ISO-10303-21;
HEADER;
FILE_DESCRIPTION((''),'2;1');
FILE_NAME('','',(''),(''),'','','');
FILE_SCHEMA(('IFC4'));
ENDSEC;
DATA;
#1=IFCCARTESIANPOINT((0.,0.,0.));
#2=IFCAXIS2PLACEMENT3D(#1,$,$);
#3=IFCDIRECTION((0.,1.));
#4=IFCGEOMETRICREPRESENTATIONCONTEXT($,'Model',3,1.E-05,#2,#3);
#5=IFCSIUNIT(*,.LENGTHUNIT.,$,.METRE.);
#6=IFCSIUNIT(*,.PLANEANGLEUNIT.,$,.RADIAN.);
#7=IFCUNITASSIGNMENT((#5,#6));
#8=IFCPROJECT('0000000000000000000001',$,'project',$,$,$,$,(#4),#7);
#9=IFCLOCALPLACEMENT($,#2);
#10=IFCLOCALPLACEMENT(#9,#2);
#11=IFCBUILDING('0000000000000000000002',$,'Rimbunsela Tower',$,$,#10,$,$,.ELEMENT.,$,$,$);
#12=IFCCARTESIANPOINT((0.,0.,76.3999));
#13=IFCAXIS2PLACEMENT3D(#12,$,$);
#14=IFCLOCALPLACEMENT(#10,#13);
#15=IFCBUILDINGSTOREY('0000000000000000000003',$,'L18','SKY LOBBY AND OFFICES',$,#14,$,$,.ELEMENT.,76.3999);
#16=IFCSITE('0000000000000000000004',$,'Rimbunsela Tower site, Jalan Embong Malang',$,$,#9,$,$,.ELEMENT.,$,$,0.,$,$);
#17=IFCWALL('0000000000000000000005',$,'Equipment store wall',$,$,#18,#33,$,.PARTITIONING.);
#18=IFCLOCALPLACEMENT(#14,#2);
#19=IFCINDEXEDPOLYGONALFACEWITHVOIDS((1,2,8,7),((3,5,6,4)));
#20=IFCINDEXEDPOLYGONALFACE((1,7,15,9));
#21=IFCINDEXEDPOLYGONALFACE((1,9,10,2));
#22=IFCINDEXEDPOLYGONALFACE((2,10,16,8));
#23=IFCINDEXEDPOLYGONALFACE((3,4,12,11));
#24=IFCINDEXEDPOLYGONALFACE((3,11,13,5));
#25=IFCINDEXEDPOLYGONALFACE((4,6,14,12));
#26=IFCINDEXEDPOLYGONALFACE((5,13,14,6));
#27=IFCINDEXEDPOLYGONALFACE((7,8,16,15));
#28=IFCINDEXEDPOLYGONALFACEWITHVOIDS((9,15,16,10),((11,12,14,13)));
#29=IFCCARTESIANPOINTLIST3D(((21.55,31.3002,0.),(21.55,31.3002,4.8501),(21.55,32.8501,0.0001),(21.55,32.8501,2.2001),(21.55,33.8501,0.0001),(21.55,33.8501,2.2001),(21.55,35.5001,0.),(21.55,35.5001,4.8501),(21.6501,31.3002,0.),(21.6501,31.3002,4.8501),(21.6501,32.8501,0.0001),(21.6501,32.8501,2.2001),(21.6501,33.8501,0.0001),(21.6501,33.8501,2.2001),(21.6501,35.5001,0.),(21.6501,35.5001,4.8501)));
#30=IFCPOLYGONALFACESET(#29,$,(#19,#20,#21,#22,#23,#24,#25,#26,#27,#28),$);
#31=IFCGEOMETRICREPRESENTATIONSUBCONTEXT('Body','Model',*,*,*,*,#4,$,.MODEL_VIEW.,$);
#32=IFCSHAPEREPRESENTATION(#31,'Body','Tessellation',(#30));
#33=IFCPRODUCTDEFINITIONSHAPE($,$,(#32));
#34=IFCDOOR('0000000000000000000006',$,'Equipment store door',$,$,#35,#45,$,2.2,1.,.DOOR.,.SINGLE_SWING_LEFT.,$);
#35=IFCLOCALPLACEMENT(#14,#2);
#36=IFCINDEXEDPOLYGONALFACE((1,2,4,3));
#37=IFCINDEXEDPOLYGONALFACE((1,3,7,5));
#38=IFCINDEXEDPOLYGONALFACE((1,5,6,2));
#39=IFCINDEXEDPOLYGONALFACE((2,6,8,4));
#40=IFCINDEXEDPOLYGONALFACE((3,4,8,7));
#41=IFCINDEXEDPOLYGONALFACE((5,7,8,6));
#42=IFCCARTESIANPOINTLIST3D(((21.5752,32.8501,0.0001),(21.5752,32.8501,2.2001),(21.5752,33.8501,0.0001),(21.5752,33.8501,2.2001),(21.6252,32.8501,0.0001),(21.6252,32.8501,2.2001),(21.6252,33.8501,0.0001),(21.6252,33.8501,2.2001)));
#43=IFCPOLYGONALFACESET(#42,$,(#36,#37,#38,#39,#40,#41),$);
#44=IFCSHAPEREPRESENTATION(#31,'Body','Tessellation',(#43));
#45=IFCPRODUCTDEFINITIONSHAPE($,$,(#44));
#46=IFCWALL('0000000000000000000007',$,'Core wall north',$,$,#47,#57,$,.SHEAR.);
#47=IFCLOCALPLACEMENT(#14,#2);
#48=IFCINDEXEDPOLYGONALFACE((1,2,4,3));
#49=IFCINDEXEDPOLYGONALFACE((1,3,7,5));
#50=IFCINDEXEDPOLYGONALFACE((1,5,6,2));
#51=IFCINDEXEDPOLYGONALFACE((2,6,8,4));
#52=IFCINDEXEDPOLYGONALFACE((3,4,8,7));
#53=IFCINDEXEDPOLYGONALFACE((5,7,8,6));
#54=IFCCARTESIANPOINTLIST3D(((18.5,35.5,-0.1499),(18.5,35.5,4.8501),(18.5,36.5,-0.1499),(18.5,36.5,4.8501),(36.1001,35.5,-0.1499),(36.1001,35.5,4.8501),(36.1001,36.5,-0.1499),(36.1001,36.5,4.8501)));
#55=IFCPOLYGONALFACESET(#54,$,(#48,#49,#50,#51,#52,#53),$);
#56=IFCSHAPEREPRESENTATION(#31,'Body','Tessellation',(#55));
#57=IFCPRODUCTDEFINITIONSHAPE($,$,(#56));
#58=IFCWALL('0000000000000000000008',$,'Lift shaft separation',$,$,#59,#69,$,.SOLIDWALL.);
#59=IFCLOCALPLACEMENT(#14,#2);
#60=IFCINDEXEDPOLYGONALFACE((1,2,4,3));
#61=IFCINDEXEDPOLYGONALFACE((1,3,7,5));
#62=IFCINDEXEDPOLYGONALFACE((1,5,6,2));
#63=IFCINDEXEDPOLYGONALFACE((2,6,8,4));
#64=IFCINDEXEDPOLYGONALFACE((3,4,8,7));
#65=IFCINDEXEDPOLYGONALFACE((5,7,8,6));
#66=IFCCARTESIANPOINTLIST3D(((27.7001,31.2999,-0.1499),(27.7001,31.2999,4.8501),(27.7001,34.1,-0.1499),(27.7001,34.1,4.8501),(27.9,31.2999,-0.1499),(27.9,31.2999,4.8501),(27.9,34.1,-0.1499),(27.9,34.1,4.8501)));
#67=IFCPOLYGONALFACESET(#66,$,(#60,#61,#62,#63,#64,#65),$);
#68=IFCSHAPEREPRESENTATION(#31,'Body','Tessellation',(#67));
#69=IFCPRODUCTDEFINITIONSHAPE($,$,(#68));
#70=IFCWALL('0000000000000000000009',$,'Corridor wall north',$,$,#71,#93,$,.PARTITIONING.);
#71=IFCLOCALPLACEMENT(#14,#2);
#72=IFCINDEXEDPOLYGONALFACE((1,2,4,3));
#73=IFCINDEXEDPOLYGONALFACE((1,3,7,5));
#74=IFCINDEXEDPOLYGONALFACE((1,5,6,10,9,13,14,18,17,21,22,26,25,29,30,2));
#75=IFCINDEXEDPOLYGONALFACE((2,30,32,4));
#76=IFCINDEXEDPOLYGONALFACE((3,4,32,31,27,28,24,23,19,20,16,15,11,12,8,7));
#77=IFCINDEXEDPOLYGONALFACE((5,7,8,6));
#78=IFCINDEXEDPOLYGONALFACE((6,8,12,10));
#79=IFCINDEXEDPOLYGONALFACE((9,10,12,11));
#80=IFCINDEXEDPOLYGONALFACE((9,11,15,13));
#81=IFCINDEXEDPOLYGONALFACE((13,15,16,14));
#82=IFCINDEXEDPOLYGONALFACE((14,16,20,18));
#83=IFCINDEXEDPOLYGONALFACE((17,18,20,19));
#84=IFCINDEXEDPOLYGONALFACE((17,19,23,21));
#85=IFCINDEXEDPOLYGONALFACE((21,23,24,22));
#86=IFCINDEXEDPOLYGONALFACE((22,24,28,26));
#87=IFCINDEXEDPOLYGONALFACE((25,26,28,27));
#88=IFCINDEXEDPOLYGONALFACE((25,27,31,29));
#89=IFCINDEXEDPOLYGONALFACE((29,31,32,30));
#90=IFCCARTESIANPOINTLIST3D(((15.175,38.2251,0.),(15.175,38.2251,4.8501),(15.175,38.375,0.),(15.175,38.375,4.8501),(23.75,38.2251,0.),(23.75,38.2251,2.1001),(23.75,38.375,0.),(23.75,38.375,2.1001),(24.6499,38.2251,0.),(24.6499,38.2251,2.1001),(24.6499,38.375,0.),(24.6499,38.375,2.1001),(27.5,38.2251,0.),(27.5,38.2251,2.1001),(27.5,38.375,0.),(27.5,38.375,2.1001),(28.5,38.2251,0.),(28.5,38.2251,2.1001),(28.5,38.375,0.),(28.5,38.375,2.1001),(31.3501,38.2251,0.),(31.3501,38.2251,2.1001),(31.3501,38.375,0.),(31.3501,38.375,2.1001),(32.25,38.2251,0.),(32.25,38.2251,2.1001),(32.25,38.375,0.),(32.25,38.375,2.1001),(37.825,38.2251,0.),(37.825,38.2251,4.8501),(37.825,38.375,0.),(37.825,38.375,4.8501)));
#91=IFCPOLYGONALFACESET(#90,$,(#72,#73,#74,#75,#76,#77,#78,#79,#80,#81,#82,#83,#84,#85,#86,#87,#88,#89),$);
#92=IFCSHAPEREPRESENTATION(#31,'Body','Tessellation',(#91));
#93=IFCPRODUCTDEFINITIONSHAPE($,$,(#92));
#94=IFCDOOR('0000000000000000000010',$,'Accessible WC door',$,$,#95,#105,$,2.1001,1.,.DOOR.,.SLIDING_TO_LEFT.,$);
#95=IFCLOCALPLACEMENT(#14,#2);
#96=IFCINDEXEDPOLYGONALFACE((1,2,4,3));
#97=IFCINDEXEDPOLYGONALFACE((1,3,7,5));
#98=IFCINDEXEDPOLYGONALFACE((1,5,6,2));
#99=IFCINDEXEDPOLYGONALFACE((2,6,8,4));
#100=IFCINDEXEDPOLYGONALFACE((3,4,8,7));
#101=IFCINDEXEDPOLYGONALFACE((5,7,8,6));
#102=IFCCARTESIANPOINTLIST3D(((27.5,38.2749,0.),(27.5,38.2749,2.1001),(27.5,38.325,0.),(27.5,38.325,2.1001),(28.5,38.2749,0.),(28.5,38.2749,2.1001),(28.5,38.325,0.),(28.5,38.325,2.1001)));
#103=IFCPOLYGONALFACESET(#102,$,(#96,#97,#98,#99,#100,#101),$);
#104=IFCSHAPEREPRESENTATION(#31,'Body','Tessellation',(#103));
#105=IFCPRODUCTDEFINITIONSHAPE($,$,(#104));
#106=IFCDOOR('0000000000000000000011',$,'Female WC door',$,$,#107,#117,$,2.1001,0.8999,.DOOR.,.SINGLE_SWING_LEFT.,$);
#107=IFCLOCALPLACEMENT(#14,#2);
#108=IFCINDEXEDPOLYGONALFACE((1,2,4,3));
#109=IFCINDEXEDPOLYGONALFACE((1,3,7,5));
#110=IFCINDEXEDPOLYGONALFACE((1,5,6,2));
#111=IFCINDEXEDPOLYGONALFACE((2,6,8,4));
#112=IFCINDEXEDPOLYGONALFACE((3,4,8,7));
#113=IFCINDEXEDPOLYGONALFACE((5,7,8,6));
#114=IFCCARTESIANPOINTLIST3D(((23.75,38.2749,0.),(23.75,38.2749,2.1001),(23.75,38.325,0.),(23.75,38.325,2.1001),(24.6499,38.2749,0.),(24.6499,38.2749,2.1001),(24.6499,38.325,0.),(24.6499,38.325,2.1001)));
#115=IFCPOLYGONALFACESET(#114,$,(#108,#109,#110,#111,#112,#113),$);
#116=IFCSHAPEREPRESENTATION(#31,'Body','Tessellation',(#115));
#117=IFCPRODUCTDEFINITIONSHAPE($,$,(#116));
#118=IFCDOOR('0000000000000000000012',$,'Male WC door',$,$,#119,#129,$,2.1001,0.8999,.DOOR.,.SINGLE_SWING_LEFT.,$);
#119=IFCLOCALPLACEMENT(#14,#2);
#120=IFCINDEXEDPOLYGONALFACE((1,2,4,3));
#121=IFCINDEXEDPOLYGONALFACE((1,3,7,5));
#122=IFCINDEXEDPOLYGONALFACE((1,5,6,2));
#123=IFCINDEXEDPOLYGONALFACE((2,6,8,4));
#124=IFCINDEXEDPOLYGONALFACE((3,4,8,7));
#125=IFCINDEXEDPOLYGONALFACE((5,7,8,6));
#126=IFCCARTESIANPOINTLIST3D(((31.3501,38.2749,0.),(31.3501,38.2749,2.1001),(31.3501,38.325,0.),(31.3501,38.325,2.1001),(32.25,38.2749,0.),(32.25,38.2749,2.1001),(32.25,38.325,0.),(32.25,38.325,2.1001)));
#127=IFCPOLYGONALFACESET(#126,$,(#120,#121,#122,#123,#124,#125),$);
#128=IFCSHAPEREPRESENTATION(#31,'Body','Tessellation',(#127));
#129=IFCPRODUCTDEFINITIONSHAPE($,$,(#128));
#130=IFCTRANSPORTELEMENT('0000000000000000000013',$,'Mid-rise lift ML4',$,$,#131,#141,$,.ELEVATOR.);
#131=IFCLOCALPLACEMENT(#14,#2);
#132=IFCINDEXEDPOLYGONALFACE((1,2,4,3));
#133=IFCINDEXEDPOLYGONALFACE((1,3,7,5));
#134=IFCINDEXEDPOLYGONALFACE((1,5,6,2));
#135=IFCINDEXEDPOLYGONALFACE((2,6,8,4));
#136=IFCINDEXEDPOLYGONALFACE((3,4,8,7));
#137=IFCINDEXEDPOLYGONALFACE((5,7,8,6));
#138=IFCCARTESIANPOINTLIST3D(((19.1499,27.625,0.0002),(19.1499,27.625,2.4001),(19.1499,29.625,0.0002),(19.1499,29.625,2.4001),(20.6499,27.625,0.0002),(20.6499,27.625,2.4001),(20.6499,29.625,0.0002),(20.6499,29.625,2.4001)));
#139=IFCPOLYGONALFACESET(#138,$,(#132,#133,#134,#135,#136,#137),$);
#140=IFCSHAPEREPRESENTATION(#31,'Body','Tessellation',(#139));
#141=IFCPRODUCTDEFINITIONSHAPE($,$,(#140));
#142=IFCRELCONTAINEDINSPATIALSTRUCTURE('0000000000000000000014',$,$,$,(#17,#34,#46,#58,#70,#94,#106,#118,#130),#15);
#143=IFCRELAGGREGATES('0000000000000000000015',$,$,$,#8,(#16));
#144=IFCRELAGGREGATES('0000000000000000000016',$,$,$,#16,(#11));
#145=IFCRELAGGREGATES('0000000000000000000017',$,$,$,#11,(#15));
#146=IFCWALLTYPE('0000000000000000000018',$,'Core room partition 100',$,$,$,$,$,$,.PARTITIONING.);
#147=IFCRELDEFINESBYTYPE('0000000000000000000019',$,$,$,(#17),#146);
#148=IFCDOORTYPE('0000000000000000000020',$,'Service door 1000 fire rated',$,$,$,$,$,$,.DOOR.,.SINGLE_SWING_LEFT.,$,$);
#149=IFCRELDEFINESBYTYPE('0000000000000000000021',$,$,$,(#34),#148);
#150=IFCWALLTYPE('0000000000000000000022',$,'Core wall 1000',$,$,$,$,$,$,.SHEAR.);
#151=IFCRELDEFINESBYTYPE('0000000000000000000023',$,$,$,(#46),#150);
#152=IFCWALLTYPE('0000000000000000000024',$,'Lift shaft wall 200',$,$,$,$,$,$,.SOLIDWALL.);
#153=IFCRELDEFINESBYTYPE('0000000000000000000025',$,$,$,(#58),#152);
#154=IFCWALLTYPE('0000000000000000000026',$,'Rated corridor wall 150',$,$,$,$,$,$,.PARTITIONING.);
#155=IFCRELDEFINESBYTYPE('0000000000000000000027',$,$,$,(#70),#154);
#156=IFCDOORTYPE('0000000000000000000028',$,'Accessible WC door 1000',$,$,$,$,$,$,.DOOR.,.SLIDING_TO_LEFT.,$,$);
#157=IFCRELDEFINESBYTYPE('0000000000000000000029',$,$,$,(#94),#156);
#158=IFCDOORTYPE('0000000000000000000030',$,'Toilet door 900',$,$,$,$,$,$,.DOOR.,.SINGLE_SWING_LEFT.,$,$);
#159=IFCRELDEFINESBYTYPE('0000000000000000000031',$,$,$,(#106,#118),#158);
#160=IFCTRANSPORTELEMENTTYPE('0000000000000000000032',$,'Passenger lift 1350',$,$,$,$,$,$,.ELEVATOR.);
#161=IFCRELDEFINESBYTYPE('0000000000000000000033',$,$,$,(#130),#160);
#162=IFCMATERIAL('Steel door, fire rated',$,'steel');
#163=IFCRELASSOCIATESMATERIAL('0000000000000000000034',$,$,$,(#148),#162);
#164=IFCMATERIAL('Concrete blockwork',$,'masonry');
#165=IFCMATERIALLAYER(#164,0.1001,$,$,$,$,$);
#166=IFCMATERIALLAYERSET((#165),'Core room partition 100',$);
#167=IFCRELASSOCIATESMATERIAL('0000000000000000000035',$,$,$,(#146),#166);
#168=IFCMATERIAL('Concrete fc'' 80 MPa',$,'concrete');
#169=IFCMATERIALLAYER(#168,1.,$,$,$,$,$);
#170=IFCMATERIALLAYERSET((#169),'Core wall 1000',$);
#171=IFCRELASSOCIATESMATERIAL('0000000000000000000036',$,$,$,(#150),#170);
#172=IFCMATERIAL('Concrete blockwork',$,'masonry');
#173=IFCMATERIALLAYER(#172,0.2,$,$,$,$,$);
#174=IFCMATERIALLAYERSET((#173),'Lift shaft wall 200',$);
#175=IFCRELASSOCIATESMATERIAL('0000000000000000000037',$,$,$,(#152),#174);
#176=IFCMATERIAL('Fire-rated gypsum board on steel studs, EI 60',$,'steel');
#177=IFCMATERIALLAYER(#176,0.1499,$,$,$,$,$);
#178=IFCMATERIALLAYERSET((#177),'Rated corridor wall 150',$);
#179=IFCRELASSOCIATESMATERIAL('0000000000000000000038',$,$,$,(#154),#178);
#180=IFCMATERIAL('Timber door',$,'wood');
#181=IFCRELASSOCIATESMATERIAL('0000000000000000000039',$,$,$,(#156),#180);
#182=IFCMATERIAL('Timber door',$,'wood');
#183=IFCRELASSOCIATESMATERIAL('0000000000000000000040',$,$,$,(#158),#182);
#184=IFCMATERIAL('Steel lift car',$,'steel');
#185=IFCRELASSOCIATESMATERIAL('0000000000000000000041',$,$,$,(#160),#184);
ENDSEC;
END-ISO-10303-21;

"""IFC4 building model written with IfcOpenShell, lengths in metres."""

from ifc_helpers import new_model, si_unit, direction, frame, frame_2d, origin, origin_2d, place, context, subcontext, project, spatial, rectangle, extrude, material, layer, layer_set, type_object, element, fill, save


model = new_model("IFC4")

# Units and contexts
model_context = context("Model", 3, precision=1e-05, world=origin(), true_north=direction((0.0, 1.0)))
body_context = subcontext(model_context, "Body", "Model", "MODEL_VIEW")
ifc_project = project(units=[si_unit("LENGTHUNIT", "METRE"), si_unit("PLANEANGLEUNIT", "RADIAN")], contexts=[model_context])

# Site, building, storey
site_placement = place(None, origin())
site = spatial("IfcSite", under=ifc_project, at=site_placement, Name="Rimbunsela Tower site, Jalan Embong Malang", CompositionType="ELEMENT", RefElevation=0.0)
building_placement = place(site_placement, origin())
building = spatial("IfcBuilding", under=site, at=building_placement, Name="Rimbunsela Tower", CompositionType="ELEMENT")
storey_placement = place(building_placement, frame((0.0, 0.0, 76.3999)))
storey = spatial("IfcBuildingStorey", under=building, at=storey_placement, Name="L18", Description="SKY LOBBY AND OFFICES", CompositionType="ELEMENT", Elevation=76.3999)

# Shared definitions
ifc_material_1 = material(Name="Steel door, fire rated", Category="steel")
door_type_1 = type_object("IfcDoorType", Name="Service door 1000 fire rated", OperationType="SINGLE_SWING_LEFT", PredefinedType="DOOR", material=ifc_material_1)

# Wall, opening, door
ifc_material_2 = material(Name="Concrete blockwork", Category="masonry")
ifc_layer_1 = layer(ifc_material_2, 0.1001)
ifc_layer_set_1 = layer_set([ifc_layer_1], Name="Core room partition 100")
wall_type_1 = type_object("IfcWallType", Name="Core room partition 100", PredefinedType="PARTITIONING", material=ifc_layer_set_1)
wall_1_placement = place(storey_placement, frame((21.6001, 31.3, 0.0), z_axis=(0.0, 0.0, 1.0), x_axis=(0.0, 1.0, 0.0)))
wall_1 = element("IfcWall", 1, at=wall_1_placement, inside=storey, type_object=wall_type_1, Name="Equipment store wall", PredefinedType="PARTITIONING", context=body_context, shape_type="SweptSolid", body=[
    extrude(rectangle(XDim=4.2, YDim=0.1001, at=frame_2d((2.1001, 0.0))), origin(), (0.0, 0.0, 1.0), 4.8501),
])
opening_1_placement = place(wall_1_placement, frame((1.55, 0.0, 0.0)))
opening_1 = element("IfcOpeningElement", 2, at=opening_1_placement, cuts=wall_1, PredefinedType="OPENING", context=body_context, shape_type="SweptSolid", body=[
    extrude(rectangle(XDim=1.0, YDim=2.2, at=frame_2d((0.5, 1.1001))), frame((0.0, 0.0601, 0.0), z_axis=(0.0, -1.0, 0.0), x_axis=(1.0, 0.0, 0.0)), (0.0, 0.0, 1.0), 0.1201),
])
door_1_placement = place(opening_1_placement, origin())
door_1 = element("IfcDoor", 3, at=door_1_placement, inside=storey, type_object=door_type_1, Name="Equipment store door", OperationType="SINGLE_SWING_LEFT", OverallHeight=2.2, OverallWidth=1.0, PredefinedType="DOOR", context=body_context, shape_type="SweptSolid", body=[
    extrude(rectangle(XDim=1.0, YDim=2.2, at=frame_2d((0.5, 1.1001))), frame((0.0, 0.0249, 0.0), z_axis=(0.0, -1.0, 0.0), x_axis=(1.0, 0.0, 0.0)), (0.0, 0.0, 1.0), 0.05),
])
fill(opening_1, door_1)

# Walls
ifc_material_3 = material(Name="Concrete fc' 80 MPa", Category="concrete")
ifc_layer_2 = layer(ifc_material_3, 1.0)
ifc_layer_set_2 = layer_set([ifc_layer_2], Name="Core wall 1000")
wall_type_2 = type_object("IfcWallType", Name="Core wall 1000", PredefinedType="SHEAR", material=ifc_layer_set_2)
wall_2_placement = place(storey_placement, frame((18.5, 36.0, -0.1499), z_axis=(0.0, 0.0, 1.0), x_axis=(1.0, 0.0, 0.0)))
element("IfcWall", 4, at=wall_2_placement, inside=storey, type_object=wall_type_2, Name="Core wall north", PredefinedType="SHEAR", context=body_context, shape_type="SweptSolid", body=[
    extrude(rectangle(XDim=17.6001, YDim=1.0, at=frame_2d((8.8, 0.0))), origin(), (0.0, 0.0, 1.0), 5.0),
])
ifc_material_4 = material(Name="Concrete blockwork", Category="masonry")
ifc_layer_3 = layer(ifc_material_4, 0.2)
ifc_layer_set_3 = layer_set([ifc_layer_3], Name="Lift shaft wall 200")
wall_type_3 = type_object("IfcWallType", Name="Lift shaft wall 200", PredefinedType="SOLIDWALL", material=ifc_layer_set_3)
wall_3_placement = place(storey_placement, frame((27.8, 31.3, -0.1499), z_axis=(0.0, 0.0, 1.0), x_axis=(0.0, 1.0, 0.0)))
element("IfcWall", 5, at=wall_3_placement, inside=storey, type_object=wall_type_3, Name="Lift shaft separation", PredefinedType="SOLIDWALL", context=body_context, shape_type="SweptSolid", body=[
    extrude(rectangle(XDim=2.8, YDim=0.2, at=frame_2d((1.3999, 0.0))), origin(), (0.0, 0.0, 1.0), 5.0),
])

# Wall, openings, doors
ifc_material_5 = material(Name="Fire-rated gypsum board on steel studs, EI 60", Category="steel")
ifc_layer_4 = layer(ifc_material_5, 0.1499)
ifc_layer_set_4 = layer_set([ifc_layer_4], Name="Rated corridor wall 150")
wall_type_4 = type_object("IfcWallType", Name="Rated corridor wall 150", PredefinedType="PARTITIONING", material=ifc_layer_set_4)
wall_4_placement = place(storey_placement, frame((15.175, 38.3, 0.0), z_axis=(0.0, 0.0, 1.0), x_axis=(1.0, 0.0, 0.0)))
wall_4 = element("IfcWall", 6, at=wall_4_placement, inside=storey, type_object=wall_type_4, Name="Corridor wall north", PredefinedType="PARTITIONING", context=body_context, shape_type="SweptSolid", body=[
    extrude(rectangle(XDim=22.6499, YDim=0.1499, at=frame_2d((11.325, 0.0))), origin(), (0.0, 0.0, 1.0), 4.8501),
])
opening_2_placement = place(wall_4_placement, frame((8.575, 0.0, 0.0)))
opening_2 = element("IfcOpeningElement", 7, at=opening_2_placement, cuts=wall_4, PredefinedType="OPENING", context=body_context, shape_type="SweptSolid", body=[
    extrude(rectangle(XDim=0.8999, YDim=2.1001, at=frame_2d((0.45, 1.05))), frame((0.0, 0.085, 0.0), z_axis=(0.0, -1.0, 0.0), x_axis=(1.0, 0.0, 0.0)), (0.0, 0.0, 1.0), 0.1699),
])
opening_3_placement = place(wall_4_placement, frame((12.325, 0.0, 0.0)))
opening_3 = element("IfcOpeningElement", 8, at=opening_3_placement, cuts=wall_4, PredefinedType="OPENING", context=body_context, shape_type="SweptSolid", body=[
    extrude(rectangle(XDim=1.0, YDim=2.1001, at=frame_2d((0.5, 1.05))), frame((0.0, 0.085, 0.0), z_axis=(0.0, -1.0, 0.0), x_axis=(1.0, 0.0, 0.0)), (0.0, 0.0, 1.0), 0.1699),
])
opening_4_placement = place(wall_4_placement, frame((16.175, 0.0, 0.0)))
opening_4 = element("IfcOpeningElement", 9, at=opening_4_placement, cuts=wall_4, PredefinedType="OPENING", context=body_context, shape_type="SweptSolid", body=[
    extrude(rectangle(XDim=0.8999, YDim=2.1001, at=frame_2d((0.45, 1.05))), frame((0.0, 0.085, 0.0), z_axis=(0.0, -1.0, 0.0), x_axis=(1.0, 0.0, 0.0)), (0.0, 0.0, 1.0), 0.1699),
])
ifc_material_6 = material(Name="Timber door", Category="wood")
door_type_2 = type_object("IfcDoorType", Name="Accessible WC door 1000", OperationType="SLIDING_TO_LEFT", PredefinedType="DOOR", material=ifc_material_6)
door_2_placement = place(opening_3_placement, origin())
door_2 = element("IfcDoor", 10, at=door_2_placement, inside=storey, type_object=door_type_2, Name="Accessible WC door", OperationType="SLIDING_TO_LEFT", OverallHeight=2.1001, OverallWidth=1.0, PredefinedType="DOOR", context=body_context, shape_type="SweptSolid", body=[
    extrude(rectangle(XDim=1.0, YDim=2.1001, at=frame_2d((0.5, 1.05))), frame((0.0, 0.0249, 0.0), z_axis=(0.0, -1.0, 0.0), x_axis=(1.0, 0.0, 0.0)), (0.0, 0.0, 1.0), 0.05),
])
fill(opening_3, door_2)
ifc_material_7 = material(Name="Timber door", Category="wood")
door_type_3 = type_object("IfcDoorType", Name="Toilet door 900", OperationType="SINGLE_SWING_LEFT", PredefinedType="DOOR", material=ifc_material_7)
door_3_placement = place(opening_2_placement, origin())
door_3 = element("IfcDoor", 11, at=door_3_placement, inside=storey, type_object=door_type_3, Name="Female WC door", OperationType="SINGLE_SWING_LEFT", OverallHeight=2.1001, OverallWidth=0.8999, PredefinedType="DOOR", context=body_context, shape_type="SweptSolid", body=[
    extrude(rectangle(XDim=0.8999, YDim=2.1001, at=frame_2d((0.45, 1.05))), frame((0.0, 0.0249, 0.0), z_axis=(0.0, -1.0, 0.0), x_axis=(1.0, 0.0, 0.0)), (0.0, 0.0, 1.0), 0.05),
])
fill(opening_2, door_3)
door_4_placement = place(opening_4_placement, origin())
door_4 = element("IfcDoor", 12, at=door_4_placement, inside=storey, type_object=door_type_3, Name="Male WC door", OperationType="SINGLE_SWING_LEFT", OverallHeight=2.1001, OverallWidth=0.8999, PredefinedType="DOOR", context=body_context, shape_type="SweptSolid", body=[
    extrude(rectangle(XDim=0.8999, YDim=2.1001, at=frame_2d((0.45, 1.05))), frame((0.0, 0.0249, 0.0), z_axis=(0.0, -1.0, 0.0), x_axis=(1.0, 0.0, 0.0)), (0.0, 0.0, 1.0), 0.05),
])
fill(opening_4, door_4)

# Transport element
ifc_material_8 = material(Name="Steel lift car", Category="steel")
transport_element_type = type_object("IfcTransportElementType", Name="Passenger lift 1350", PredefinedType="ELEVATOR", material=ifc_material_8)
transport_element_placement = place(storey_placement, frame((19.8999, 28.625, 0.0002), z_axis=(0.0, 0.0, 1.0), x_axis=(1.0, 0.0, 0.0)))
element("IfcTransportElement", 13, at=transport_element_placement, inside=storey, type_object=transport_element_type, Name="Mid-rise lift ML4", PredefinedType="ELEVATOR", context=body_context, shape_type="SweptSolid", body=[
    extrude(rectangle(XDim=1.5, YDim=2.0, at=origin_2d()), origin(), (0.0, 0.0, 1.0), 2.3999),
])

save(model, "model.ifc")
